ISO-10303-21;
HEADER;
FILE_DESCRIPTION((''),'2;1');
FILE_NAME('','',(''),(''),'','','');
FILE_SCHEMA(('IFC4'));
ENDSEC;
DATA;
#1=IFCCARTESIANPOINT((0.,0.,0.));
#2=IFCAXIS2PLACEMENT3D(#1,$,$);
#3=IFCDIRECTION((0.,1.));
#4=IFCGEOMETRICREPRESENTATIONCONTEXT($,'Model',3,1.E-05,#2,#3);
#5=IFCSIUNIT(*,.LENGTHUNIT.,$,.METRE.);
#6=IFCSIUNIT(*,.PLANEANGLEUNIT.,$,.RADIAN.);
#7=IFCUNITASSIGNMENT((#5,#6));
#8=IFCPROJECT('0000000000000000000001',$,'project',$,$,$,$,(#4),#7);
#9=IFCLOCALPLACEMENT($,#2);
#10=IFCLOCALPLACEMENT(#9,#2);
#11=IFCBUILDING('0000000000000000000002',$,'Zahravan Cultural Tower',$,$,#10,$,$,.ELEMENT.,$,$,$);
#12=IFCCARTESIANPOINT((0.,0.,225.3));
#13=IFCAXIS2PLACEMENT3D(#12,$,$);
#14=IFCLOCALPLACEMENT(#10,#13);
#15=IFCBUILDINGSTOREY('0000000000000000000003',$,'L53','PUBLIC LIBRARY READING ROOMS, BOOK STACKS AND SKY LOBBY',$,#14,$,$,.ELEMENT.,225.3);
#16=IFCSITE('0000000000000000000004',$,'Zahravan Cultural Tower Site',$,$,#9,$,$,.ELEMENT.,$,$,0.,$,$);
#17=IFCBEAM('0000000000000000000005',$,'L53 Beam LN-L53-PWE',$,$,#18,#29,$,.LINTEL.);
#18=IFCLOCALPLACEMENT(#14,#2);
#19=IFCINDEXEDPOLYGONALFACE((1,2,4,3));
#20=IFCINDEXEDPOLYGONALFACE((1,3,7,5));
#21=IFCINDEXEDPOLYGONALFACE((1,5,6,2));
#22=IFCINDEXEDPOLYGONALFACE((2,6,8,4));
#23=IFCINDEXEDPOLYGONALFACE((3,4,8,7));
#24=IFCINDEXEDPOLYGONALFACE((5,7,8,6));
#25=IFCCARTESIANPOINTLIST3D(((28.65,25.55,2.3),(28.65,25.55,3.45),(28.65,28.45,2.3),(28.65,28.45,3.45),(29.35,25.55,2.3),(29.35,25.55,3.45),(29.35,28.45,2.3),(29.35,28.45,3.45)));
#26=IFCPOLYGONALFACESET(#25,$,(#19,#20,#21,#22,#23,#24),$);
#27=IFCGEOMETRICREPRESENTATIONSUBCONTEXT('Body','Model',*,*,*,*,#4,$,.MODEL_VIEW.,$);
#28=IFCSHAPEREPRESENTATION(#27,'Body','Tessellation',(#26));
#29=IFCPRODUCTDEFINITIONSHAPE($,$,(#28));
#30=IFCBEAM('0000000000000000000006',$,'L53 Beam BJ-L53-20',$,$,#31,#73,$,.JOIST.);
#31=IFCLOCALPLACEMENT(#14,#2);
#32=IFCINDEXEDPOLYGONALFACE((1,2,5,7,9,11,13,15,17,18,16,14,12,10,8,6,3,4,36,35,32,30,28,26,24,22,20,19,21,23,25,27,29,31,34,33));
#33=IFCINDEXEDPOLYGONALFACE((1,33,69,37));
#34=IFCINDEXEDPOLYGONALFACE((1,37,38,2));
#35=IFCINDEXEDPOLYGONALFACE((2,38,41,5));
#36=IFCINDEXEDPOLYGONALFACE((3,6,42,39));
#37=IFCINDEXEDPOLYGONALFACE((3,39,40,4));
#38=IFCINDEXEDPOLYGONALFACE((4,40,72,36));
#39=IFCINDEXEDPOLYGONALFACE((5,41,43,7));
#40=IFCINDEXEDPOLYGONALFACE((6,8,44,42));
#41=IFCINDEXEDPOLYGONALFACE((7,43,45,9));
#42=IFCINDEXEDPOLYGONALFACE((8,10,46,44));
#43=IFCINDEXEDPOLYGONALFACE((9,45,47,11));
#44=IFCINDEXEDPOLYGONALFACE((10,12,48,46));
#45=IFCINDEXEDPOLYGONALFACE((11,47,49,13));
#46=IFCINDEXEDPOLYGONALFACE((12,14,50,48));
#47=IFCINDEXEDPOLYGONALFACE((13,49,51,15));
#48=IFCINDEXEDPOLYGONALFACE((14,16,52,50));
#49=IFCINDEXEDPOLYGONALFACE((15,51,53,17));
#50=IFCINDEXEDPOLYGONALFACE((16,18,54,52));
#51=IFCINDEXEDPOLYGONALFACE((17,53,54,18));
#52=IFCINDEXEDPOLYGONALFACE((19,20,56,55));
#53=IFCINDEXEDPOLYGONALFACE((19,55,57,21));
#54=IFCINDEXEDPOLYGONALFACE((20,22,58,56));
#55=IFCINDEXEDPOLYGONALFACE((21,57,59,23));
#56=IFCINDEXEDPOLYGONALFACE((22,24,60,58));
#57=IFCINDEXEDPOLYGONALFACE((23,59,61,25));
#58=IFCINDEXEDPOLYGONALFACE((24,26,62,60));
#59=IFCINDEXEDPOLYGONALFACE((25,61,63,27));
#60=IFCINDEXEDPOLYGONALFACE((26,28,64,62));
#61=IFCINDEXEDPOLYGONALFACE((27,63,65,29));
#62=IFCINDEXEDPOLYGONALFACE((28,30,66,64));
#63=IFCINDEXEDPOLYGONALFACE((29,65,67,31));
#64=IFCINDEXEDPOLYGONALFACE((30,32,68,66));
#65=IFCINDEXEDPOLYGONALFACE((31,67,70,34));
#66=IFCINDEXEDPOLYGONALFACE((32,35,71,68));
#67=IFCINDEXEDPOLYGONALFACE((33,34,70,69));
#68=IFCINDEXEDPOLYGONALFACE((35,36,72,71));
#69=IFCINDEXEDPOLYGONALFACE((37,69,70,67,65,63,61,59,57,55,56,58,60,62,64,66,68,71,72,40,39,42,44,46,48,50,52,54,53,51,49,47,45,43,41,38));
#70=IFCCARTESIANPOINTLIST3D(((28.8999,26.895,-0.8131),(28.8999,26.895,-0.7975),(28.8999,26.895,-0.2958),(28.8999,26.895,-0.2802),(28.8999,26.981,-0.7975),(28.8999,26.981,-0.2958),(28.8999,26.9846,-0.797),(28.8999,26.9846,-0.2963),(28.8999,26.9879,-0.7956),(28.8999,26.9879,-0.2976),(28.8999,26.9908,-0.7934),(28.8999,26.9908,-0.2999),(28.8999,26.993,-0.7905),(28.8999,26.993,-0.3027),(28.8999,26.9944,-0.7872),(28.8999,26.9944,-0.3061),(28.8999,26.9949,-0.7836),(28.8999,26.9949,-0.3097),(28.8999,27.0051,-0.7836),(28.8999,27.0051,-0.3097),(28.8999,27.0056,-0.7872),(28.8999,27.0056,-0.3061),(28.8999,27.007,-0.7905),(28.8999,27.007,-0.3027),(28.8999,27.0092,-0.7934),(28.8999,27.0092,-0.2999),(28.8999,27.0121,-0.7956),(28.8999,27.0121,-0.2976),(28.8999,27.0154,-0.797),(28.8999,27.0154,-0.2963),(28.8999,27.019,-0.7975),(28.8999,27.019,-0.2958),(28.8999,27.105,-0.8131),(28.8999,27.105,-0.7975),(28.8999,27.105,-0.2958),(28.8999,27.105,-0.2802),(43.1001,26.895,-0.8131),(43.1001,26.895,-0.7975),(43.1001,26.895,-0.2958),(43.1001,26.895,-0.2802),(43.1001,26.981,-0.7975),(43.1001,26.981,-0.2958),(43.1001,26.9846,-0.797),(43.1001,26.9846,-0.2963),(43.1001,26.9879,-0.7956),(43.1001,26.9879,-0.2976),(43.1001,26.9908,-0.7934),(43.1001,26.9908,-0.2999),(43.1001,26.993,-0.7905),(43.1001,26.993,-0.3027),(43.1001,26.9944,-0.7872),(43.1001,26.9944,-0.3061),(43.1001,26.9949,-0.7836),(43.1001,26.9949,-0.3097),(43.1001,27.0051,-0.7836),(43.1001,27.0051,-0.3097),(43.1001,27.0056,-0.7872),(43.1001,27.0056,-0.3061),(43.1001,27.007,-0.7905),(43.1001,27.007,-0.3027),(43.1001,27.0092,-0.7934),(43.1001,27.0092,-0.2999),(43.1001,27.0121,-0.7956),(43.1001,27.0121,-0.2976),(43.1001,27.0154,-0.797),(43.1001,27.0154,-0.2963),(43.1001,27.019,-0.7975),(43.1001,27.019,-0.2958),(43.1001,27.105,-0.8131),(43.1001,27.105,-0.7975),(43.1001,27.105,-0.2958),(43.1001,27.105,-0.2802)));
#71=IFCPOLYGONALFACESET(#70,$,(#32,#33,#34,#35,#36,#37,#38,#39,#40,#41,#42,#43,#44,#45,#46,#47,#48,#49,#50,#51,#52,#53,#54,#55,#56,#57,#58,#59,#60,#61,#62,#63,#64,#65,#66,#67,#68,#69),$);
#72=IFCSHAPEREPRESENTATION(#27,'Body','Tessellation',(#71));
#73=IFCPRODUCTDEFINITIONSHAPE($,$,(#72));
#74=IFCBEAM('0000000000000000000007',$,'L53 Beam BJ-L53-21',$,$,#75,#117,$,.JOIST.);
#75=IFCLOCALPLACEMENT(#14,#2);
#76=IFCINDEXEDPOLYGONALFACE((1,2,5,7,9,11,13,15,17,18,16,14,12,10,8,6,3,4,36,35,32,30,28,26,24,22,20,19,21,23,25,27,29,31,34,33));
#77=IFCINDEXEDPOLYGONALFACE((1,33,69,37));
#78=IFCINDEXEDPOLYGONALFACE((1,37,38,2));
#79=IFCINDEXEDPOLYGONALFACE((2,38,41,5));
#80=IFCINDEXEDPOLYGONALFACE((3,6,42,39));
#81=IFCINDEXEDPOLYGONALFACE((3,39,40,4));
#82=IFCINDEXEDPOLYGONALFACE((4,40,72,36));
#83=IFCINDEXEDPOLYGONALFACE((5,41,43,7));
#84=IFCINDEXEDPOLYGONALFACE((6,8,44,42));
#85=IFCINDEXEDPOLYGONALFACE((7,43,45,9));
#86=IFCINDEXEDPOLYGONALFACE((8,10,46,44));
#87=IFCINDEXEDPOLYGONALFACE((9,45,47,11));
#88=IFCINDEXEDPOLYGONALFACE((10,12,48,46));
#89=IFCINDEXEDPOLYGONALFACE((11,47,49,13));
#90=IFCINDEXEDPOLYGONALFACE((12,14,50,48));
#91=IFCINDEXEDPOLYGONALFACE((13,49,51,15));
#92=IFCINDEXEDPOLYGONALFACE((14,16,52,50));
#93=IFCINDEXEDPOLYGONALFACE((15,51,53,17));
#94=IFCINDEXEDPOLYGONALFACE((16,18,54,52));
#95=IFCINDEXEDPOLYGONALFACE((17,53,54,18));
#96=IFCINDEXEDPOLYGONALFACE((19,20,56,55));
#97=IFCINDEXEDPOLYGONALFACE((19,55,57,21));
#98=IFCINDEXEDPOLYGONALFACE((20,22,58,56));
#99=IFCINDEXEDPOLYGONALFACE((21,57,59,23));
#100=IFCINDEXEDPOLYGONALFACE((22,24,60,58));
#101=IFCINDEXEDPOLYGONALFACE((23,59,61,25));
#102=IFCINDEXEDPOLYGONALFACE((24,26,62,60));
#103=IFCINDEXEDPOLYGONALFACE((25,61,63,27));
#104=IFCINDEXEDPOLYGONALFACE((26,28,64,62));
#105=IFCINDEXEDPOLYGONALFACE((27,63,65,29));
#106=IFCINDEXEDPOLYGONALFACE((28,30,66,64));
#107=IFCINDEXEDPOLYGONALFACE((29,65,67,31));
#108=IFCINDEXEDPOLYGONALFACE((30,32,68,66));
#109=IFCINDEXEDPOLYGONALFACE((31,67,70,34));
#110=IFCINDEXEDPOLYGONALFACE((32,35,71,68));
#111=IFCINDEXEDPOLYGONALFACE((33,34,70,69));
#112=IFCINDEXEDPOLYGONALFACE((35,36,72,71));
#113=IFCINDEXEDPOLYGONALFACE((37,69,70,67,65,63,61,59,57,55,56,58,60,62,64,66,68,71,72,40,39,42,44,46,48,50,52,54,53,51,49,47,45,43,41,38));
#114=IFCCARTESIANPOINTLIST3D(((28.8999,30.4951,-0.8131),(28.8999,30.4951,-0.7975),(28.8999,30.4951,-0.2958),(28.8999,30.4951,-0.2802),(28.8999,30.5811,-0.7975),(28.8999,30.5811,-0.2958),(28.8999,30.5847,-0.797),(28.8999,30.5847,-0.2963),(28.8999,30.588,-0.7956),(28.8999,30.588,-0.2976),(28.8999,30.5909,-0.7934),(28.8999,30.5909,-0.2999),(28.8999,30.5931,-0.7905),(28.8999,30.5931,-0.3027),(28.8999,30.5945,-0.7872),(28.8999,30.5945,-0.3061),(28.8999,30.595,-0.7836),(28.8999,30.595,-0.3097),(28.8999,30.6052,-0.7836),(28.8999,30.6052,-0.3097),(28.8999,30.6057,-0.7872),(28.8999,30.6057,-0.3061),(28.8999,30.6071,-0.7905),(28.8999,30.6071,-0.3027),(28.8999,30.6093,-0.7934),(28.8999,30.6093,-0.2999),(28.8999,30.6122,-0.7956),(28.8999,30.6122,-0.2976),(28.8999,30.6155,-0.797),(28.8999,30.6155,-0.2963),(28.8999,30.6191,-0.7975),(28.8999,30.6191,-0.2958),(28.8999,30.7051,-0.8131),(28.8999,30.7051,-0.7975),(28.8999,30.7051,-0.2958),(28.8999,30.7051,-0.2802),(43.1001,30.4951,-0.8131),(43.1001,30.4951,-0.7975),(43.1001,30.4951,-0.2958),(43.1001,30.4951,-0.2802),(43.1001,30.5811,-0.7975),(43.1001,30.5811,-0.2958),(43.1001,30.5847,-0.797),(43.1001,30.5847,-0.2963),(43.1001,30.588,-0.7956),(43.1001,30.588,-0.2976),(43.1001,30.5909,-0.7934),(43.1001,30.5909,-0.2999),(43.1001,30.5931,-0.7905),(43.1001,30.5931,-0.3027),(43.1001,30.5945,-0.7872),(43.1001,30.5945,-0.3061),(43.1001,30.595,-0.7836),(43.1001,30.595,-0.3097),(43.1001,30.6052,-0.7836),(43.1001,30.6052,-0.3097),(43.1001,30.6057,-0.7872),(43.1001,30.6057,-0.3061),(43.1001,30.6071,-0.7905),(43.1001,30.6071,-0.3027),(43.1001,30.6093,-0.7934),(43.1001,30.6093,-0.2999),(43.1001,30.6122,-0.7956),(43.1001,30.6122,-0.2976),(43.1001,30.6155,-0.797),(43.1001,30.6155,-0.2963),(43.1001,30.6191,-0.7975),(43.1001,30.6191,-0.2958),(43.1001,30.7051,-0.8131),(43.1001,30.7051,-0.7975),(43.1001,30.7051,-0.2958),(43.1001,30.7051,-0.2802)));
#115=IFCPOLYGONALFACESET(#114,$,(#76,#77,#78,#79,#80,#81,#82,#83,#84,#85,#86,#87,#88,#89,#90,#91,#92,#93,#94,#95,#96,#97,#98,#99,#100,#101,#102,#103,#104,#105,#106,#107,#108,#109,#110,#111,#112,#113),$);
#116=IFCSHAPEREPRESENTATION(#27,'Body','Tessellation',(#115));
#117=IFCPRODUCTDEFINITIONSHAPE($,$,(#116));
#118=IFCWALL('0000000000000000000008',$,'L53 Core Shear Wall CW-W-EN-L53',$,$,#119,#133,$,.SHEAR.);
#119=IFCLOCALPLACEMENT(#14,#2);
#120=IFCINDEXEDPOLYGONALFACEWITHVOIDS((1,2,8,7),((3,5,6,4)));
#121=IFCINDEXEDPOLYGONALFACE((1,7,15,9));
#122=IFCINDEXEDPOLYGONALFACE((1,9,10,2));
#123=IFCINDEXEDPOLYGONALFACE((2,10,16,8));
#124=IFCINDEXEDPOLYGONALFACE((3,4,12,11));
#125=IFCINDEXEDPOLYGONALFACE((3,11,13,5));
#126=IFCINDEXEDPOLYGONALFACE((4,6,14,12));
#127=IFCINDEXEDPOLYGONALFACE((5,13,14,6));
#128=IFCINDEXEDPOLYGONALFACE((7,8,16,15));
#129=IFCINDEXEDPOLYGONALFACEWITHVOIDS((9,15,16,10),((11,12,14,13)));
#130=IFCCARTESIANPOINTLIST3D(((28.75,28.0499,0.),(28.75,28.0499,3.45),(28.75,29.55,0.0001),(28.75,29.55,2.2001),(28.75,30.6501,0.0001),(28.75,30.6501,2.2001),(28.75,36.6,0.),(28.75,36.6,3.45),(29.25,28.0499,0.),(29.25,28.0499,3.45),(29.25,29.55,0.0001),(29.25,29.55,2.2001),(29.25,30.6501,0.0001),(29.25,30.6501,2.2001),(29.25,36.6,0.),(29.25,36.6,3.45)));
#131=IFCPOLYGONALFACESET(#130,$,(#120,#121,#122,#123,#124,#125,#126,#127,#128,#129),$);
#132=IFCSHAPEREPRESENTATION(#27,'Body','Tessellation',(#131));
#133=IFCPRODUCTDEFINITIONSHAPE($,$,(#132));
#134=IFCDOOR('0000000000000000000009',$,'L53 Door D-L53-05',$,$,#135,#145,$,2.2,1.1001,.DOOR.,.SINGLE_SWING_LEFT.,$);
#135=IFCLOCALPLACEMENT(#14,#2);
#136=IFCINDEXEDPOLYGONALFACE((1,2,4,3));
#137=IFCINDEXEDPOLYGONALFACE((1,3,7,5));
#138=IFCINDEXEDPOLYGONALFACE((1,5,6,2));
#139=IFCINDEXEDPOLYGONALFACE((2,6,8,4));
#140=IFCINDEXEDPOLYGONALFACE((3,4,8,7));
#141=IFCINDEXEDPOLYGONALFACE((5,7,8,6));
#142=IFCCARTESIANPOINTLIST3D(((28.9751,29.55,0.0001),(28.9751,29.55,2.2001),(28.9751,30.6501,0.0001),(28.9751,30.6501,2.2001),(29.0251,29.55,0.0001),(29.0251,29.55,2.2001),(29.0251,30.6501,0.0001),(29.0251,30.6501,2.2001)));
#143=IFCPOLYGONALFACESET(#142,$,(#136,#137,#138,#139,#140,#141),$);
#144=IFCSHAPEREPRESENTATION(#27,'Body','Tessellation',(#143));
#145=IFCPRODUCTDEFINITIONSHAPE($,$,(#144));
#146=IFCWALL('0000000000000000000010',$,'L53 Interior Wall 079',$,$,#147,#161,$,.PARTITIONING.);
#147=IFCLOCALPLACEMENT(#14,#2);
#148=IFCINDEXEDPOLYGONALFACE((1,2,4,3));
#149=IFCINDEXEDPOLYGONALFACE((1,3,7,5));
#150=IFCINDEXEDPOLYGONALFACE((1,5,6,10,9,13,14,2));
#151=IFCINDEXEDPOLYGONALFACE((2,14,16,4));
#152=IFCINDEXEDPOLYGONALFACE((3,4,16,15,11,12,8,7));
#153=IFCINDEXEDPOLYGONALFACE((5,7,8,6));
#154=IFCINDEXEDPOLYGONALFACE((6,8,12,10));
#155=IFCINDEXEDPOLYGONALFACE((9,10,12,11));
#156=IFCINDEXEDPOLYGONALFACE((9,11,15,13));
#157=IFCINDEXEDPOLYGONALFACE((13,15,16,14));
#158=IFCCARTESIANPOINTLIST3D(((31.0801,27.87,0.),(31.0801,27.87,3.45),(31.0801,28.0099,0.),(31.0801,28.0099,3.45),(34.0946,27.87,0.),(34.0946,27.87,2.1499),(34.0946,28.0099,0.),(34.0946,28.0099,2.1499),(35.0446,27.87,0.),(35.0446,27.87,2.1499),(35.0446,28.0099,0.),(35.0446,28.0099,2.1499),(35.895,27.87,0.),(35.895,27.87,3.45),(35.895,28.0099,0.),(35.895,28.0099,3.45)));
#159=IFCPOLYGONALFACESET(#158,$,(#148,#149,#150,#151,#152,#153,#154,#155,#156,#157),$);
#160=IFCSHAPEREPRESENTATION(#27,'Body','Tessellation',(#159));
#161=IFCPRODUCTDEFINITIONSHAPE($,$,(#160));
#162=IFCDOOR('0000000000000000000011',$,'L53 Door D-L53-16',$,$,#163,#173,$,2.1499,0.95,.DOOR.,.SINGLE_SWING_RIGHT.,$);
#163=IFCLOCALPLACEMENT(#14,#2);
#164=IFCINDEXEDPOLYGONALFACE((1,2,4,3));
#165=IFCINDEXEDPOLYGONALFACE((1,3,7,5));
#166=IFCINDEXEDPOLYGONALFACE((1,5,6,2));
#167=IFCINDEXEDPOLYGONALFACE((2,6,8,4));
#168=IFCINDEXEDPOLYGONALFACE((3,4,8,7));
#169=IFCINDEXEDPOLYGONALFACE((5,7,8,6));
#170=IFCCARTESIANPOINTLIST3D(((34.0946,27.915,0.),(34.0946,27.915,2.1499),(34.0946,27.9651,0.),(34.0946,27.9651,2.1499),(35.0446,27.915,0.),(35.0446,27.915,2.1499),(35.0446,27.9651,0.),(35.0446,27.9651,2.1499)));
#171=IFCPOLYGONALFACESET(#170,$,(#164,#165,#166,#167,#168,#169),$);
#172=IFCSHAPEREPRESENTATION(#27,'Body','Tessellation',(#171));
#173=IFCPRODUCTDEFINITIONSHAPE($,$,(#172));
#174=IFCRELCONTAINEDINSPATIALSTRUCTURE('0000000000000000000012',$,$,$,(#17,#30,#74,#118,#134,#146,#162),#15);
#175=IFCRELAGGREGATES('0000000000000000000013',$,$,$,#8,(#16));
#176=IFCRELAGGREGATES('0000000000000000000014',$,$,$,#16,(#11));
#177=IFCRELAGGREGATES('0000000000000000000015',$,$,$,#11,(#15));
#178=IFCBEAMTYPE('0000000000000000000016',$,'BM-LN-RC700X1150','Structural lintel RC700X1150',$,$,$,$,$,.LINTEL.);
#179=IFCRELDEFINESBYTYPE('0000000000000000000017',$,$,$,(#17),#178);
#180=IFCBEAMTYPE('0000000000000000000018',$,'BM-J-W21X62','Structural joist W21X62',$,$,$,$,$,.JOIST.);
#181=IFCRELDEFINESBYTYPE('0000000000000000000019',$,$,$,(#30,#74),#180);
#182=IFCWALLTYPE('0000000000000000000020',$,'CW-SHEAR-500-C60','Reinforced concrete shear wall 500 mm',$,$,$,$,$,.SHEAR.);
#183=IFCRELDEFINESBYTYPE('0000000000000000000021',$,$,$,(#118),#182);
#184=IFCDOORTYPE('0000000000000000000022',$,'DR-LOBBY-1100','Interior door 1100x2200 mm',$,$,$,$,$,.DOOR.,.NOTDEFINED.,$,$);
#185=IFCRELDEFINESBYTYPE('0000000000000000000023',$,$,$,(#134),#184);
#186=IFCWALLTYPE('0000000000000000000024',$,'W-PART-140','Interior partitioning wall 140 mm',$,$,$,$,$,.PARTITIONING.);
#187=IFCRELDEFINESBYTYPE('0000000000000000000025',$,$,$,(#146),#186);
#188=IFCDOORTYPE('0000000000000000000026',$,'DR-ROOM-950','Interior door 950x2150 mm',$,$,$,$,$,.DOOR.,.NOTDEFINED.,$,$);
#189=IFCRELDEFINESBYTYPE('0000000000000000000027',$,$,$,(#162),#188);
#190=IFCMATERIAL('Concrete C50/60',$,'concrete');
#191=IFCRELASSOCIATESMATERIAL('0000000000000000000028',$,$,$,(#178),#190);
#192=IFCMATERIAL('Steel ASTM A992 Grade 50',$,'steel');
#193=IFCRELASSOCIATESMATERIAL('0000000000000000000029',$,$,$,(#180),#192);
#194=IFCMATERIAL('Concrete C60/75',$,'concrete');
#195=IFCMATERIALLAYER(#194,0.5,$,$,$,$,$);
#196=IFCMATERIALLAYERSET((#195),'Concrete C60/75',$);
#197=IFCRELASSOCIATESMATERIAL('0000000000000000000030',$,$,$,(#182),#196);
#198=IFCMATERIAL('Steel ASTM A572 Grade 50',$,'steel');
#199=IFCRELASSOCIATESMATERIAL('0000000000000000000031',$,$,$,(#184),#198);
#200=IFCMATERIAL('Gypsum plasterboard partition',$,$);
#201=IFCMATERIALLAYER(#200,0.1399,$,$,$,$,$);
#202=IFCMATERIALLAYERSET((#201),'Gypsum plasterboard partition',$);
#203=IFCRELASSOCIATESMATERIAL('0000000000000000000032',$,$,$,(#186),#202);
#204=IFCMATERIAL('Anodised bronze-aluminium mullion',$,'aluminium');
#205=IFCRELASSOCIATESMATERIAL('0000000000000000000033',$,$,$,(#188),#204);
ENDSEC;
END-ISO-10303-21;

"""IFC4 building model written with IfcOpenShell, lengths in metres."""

from ifc_helpers import new_model, si_unit, direction, frame, frame_2d, origin, origin_2d, place, context, subcontext, project, spatial, rectangle, i_section, extrude, source, transform, mapped, material, layer, layer_set, material_profile, profile_set, type_object, element, fill, save


model = new_model("IFC4")

# Units and contexts
model_context = context("Model", 3, precision=1e-05, world=origin(), true_north=direction((0.0, 1.0)))
body_context = subcontext(model_context, "Body", "Model", "MODEL_VIEW")
ifc_project = project(units=[si_unit("LENGTHUNIT", "METRE"), si_unit("PLANEANGLEUNIT", "RADIAN")], contexts=[model_context])

# Site, building, storey
site_placement = place(None, origin())
site = spatial("IfcSite", under=ifc_project, at=site_placement, Name="Zahravan Cultural Tower Site", CompositionType="ELEMENT", RefElevation=0.0)
building_placement = place(site_placement, origin())
building = spatial("IfcBuilding", under=site, at=building_placement, Name="Zahravan Cultural Tower", CompositionType="ELEMENT")
storey_placement = place(building_placement, frame((0.0, 0.0, 225.3)))
storey = spatial("IfcBuildingStorey", under=building, at=storey_placement, Name="L53", Description="PUBLIC LIBRARY READING ROOMS, BOOK STACKS AND SKY LOBBY", CompositionType="ELEMENT", Elevation=225.3)

# Beams
ifc_material_1 = material(Name="Concrete C50/60", Category="concrete")
ifc_material_profile_1 = material_profile(ifc_material_1, rectangle(XDim=0.7, YDim=1.1499, at=origin_2d()), Name="RC700X1150")
ifc_profile_set_1 = profile_set([ifc_material_profile_1], Name="Concrete C50/60")
beam_type_1 = type_object("IfcBeamType", Name="BM-LN-RC700X1150", Description="Structural lintel RC700X1150", PredefinedType="LINTEL", material=ifc_profile_set_1)
shared_shape_1 = source(origin(), body_context, "Body", "SweptSolid", [
    extrude(rectangle(XDim=0.7, YDim=1.1499, at=origin_2d()), origin(), (0.0, 0.0, 1.0), 2.8999),
])
beam_placement = place(storey_placement, frame((29.0, 25.55, 2.875), z_axis=(0.0, 1.0, 0.0), x_axis=(-1.0, 0.0, 0.0)))
element("IfcBeam", 1, at=beam_placement, inside=storey, type_object=beam_type_1, Name="L53 Beam LN-L53-PWE", PredefinedType="LINTEL", context=body_context, shape_type="MappedRepresentation", body=[
    mapped(shared_shape_1, transform((0.0, 0.0, 0.0), x_axis=(1.0, 0.0, 0.0), y_axis=(0.0, 1.0, 0.0), z_axis=(0.0, 0.0, 1.0), scale=1.0)),
])
ifc_material_2 = material(Name="Steel ASTM A992 Grade 50", Category="steel")
ifc_material_profile_2 = material_profile(ifc_material_2, i_section(OverallWidth=0.21, OverallDepth=0.533, WebThickness=0.0103, FlangeThickness=0.0156, FilletRadius=0.0139, at=origin_2d()), Name="W21X62")
ifc_profile_set_2 = profile_set([ifc_material_profile_2], Name="Steel ASTM A992 Grade 50")
beam_type_2 = type_object("IfcBeamType", Name="BM-J-W21X62", Description="Structural joist W21X62", PredefinedType="JOIST", material=ifc_profile_set_2)
shared_shape_2 = source(origin(), body_context, "Body", "SweptSolid", [
    extrude(i_section(OverallWidth=0.21, OverallDepth=0.533, WebThickness=0.0103, FlangeThickness=0.0156, FilletRadius=0.0139, at=origin_2d()), origin(), (0.0, 0.0, 1.0), 14.2002),
])
for number, where, z_axis, x_axis, name in (
    (2, (28.8999, 27.0, -0.5466), (1.0, 0.0, 0.0), (0.0, 1.0, 0.0), "L53 Beam BJ-L53-20"),
    (3, (28.8999, 30.6001, -0.5466), (1.0, 0.0, 0.0), (0.0, 1.0, 0.0), "L53 Beam BJ-L53-21"),
):
    element("IfcBeam", number, at=place(storey_placement, frame(where, z_axis=z_axis, x_axis=x_axis)), inside=storey, type_object=beam_type_2, Name=name, PredefinedType="JOIST", context=body_context, shape_type="MappedRepresentation", body=[
        mapped(shared_shape_2, transform((0.0, 0.0, 0.0), x_axis=(1.0, 0.0, 0.0), y_axis=(0.0, 1.0, 0.0), z_axis=(0.0, 0.0, 1.0), scale=1.0)),
    ])

# Walls, openings, doors
ifc_material_3 = material(Name="Concrete C60/75", Category="concrete")
ifc_layer_1 = layer(ifc_material_3, 0.5)
ifc_layer_set_1 = layer_set([ifc_layer_1], Name="Concrete C60/75")
wall_type_1 = type_object("IfcWallType", Name="CW-SHEAR-500-C60", Description="Reinforced concrete shear wall 500 mm", PredefinedType="SHEAR", material=ifc_layer_set_1)
wall_1_placement = place(storey_placement, frame((29.0, 28.05, 0.0), z_axis=(0.0, 0.0, 1.0), x_axis=(0.0, 1.0, 0.0)))
wall_1 = element("IfcWall", 4, at=wall_1_placement, inside=storey, type_object=wall_type_1, Name="L53 Core Shear Wall CW-W-EN-L53", PredefinedType="SHEAR", context=body_context, shape_type="SweptSolid", body=[
    extrude(rectangle(XDim=8.55, YDim=0.5, at=frame_2d((4.2749, 0.0))), origin(), (0.0, 0.0, 1.0), 3.45),
])
opening_1_placement = place(wall_1_placement, frame((1.5, 0.0, 0.0)))
opening_1 = element("IfcOpeningElement", 5, at=opening_1_placement, cuts=wall_1, PredefinedType="OPENING", context=body_context, shape_type="SweptSolid", body=[
    extrude(rectangle(XDim=1.1001, YDim=2.2, at=frame_2d((0.55, 1.1001))), frame((0.0, 0.26, 0.0), z_axis=(0.0, -1.0, 0.0), x_axis=(1.0, 0.0, 0.0)), (0.0, 0.0, 1.0), 0.52),
])
ifc_material_4 = material(Name="Steel ASTM A572 Grade 50", Category="steel")
door_type_1 = type_object("IfcDoorType", Name="DR-LOBBY-1100", Description="Interior door 1100x2200 mm", OperationType="NOTDEFINED", PredefinedType="DOOR", material=ifc_material_4)
shared_shape_3 = source(origin(), body_context, "Body", "SweptSolid", [
    extrude(rectangle(XDim=1.1001, YDim=2.2, at=frame_2d((0.55, 1.1001))), frame((0.0, 0.0249, 0.0), z_axis=(0.0, -1.0, 0.0), x_axis=(1.0, 0.0, 0.0)), (0.0, 0.0, 1.0), 0.05),
])
door_1_placement = place(opening_1_placement, origin())
door_1 = element("IfcDoor", 6, at=door_1_placement, inside=storey, type_object=door_type_1, Name="L53 Door D-L53-05", OperationType="SINGLE_SWING_LEFT", OverallHeight=2.2, OverallWidth=1.1001, PredefinedType="DOOR", context=body_context, shape_type="MappedRepresentation", body=[
    mapped(shared_shape_3, transform((0.0, 0.0, 0.0), x_axis=(1.0, 0.0, 0.0), y_axis=(0.0, 1.0, 0.0), z_axis=(0.0, 0.0, 1.0), scale=1.0)),
])
fill(opening_1, door_1)
ifc_material_5 = material(Name="Gypsum plasterboard partition")
ifc_layer_2 = layer(ifc_material_5, 0.1399)
ifc_layer_set_2 = layer_set([ifc_layer_2], Name="Gypsum plasterboard partition")
wall_type_2 = type_object("IfcWallType", Name="W-PART-140", Description="Interior partitioning wall 140 mm", PredefinedType="PARTITIONING", material=ifc_layer_set_2)
wall_2_placement = place(storey_placement, frame((35.895, 27.9399, 0.0), z_axis=(0.0, 0.0, 1.0), x_axis=(-1.0, 0.0, 0.0)))
wall_2 = element("IfcWall", 7, at=wall_2_placement, inside=storey, type_object=wall_type_2, Name="L53 Interior Wall 079", PredefinedType="PARTITIONING", context=body_context, shape_type="SweptSolid", body=[
    extrude(rectangle(XDim=4.8149, YDim=0.1399, at=frame_2d((2.4075, 0.0))), origin(), (0.0, 0.0, 1.0), 3.45),
])
opening_2_placement = place(wall_2_placement, frame((0.8503, 0.0, 0.0)))
opening_2 = element("IfcOpeningElement", 8, at=opening_2_placement, cuts=wall_2, PredefinedType="OPENING", context=body_context, shape_type="SweptSolid", body=[
    extrude(rectangle(XDim=0.95, YDim=2.1499, at=frame_2d((0.4751, 1.075))), frame((0.0, 0.0798, 0.0), z_axis=(0.0, -1.0, 0.0), x_axis=(1.0, 0.0, 0.0)), (0.0, 0.0, 1.0), 0.1599),
])
ifc_material_6 = material(Name="Anodised bronze-aluminium mullion", Category="aluminium")
door_type_2 = type_object("IfcDoorType", Name="DR-ROOM-950", Description="Interior door 950x2150 mm", OperationType="NOTDEFINED", PredefinedType="DOOR", material=ifc_material_6)
shared_shape_4 = source(origin(), body_context, "Body", "SweptSolid", [
    extrude(rectangle(XDim=0.95, YDim=2.1499, at=frame_2d((0.4751, 1.075))), frame((0.0, 0.0249, 0.0), z_axis=(0.0, -1.0, 0.0), x_axis=(1.0, 0.0, 0.0)), (0.0, 0.0, 1.0), 0.05),
])
door_2_placement = place(opening_2_placement, origin())
door_2 = element("IfcDoor", 9, at=door_2_placement, inside=storey, type_object=door_type_2, Name="L53 Door D-L53-16", OperationType="SINGLE_SWING_RIGHT", OverallHeight=2.1499, OverallWidth=0.95, PredefinedType="DOOR", context=body_context, shape_type="MappedRepresentation", body=[
    mapped(shared_shape_4, transform((0.0, 0.0, 0.0), x_axis=(1.0, 0.0, 0.0), y_axis=(0.0, 1.0, 0.0), z_axis=(0.0, 0.0, 1.0), scale=1.0)),
])
fill(opening_2, door_2)

save(model, "model.ifc")
